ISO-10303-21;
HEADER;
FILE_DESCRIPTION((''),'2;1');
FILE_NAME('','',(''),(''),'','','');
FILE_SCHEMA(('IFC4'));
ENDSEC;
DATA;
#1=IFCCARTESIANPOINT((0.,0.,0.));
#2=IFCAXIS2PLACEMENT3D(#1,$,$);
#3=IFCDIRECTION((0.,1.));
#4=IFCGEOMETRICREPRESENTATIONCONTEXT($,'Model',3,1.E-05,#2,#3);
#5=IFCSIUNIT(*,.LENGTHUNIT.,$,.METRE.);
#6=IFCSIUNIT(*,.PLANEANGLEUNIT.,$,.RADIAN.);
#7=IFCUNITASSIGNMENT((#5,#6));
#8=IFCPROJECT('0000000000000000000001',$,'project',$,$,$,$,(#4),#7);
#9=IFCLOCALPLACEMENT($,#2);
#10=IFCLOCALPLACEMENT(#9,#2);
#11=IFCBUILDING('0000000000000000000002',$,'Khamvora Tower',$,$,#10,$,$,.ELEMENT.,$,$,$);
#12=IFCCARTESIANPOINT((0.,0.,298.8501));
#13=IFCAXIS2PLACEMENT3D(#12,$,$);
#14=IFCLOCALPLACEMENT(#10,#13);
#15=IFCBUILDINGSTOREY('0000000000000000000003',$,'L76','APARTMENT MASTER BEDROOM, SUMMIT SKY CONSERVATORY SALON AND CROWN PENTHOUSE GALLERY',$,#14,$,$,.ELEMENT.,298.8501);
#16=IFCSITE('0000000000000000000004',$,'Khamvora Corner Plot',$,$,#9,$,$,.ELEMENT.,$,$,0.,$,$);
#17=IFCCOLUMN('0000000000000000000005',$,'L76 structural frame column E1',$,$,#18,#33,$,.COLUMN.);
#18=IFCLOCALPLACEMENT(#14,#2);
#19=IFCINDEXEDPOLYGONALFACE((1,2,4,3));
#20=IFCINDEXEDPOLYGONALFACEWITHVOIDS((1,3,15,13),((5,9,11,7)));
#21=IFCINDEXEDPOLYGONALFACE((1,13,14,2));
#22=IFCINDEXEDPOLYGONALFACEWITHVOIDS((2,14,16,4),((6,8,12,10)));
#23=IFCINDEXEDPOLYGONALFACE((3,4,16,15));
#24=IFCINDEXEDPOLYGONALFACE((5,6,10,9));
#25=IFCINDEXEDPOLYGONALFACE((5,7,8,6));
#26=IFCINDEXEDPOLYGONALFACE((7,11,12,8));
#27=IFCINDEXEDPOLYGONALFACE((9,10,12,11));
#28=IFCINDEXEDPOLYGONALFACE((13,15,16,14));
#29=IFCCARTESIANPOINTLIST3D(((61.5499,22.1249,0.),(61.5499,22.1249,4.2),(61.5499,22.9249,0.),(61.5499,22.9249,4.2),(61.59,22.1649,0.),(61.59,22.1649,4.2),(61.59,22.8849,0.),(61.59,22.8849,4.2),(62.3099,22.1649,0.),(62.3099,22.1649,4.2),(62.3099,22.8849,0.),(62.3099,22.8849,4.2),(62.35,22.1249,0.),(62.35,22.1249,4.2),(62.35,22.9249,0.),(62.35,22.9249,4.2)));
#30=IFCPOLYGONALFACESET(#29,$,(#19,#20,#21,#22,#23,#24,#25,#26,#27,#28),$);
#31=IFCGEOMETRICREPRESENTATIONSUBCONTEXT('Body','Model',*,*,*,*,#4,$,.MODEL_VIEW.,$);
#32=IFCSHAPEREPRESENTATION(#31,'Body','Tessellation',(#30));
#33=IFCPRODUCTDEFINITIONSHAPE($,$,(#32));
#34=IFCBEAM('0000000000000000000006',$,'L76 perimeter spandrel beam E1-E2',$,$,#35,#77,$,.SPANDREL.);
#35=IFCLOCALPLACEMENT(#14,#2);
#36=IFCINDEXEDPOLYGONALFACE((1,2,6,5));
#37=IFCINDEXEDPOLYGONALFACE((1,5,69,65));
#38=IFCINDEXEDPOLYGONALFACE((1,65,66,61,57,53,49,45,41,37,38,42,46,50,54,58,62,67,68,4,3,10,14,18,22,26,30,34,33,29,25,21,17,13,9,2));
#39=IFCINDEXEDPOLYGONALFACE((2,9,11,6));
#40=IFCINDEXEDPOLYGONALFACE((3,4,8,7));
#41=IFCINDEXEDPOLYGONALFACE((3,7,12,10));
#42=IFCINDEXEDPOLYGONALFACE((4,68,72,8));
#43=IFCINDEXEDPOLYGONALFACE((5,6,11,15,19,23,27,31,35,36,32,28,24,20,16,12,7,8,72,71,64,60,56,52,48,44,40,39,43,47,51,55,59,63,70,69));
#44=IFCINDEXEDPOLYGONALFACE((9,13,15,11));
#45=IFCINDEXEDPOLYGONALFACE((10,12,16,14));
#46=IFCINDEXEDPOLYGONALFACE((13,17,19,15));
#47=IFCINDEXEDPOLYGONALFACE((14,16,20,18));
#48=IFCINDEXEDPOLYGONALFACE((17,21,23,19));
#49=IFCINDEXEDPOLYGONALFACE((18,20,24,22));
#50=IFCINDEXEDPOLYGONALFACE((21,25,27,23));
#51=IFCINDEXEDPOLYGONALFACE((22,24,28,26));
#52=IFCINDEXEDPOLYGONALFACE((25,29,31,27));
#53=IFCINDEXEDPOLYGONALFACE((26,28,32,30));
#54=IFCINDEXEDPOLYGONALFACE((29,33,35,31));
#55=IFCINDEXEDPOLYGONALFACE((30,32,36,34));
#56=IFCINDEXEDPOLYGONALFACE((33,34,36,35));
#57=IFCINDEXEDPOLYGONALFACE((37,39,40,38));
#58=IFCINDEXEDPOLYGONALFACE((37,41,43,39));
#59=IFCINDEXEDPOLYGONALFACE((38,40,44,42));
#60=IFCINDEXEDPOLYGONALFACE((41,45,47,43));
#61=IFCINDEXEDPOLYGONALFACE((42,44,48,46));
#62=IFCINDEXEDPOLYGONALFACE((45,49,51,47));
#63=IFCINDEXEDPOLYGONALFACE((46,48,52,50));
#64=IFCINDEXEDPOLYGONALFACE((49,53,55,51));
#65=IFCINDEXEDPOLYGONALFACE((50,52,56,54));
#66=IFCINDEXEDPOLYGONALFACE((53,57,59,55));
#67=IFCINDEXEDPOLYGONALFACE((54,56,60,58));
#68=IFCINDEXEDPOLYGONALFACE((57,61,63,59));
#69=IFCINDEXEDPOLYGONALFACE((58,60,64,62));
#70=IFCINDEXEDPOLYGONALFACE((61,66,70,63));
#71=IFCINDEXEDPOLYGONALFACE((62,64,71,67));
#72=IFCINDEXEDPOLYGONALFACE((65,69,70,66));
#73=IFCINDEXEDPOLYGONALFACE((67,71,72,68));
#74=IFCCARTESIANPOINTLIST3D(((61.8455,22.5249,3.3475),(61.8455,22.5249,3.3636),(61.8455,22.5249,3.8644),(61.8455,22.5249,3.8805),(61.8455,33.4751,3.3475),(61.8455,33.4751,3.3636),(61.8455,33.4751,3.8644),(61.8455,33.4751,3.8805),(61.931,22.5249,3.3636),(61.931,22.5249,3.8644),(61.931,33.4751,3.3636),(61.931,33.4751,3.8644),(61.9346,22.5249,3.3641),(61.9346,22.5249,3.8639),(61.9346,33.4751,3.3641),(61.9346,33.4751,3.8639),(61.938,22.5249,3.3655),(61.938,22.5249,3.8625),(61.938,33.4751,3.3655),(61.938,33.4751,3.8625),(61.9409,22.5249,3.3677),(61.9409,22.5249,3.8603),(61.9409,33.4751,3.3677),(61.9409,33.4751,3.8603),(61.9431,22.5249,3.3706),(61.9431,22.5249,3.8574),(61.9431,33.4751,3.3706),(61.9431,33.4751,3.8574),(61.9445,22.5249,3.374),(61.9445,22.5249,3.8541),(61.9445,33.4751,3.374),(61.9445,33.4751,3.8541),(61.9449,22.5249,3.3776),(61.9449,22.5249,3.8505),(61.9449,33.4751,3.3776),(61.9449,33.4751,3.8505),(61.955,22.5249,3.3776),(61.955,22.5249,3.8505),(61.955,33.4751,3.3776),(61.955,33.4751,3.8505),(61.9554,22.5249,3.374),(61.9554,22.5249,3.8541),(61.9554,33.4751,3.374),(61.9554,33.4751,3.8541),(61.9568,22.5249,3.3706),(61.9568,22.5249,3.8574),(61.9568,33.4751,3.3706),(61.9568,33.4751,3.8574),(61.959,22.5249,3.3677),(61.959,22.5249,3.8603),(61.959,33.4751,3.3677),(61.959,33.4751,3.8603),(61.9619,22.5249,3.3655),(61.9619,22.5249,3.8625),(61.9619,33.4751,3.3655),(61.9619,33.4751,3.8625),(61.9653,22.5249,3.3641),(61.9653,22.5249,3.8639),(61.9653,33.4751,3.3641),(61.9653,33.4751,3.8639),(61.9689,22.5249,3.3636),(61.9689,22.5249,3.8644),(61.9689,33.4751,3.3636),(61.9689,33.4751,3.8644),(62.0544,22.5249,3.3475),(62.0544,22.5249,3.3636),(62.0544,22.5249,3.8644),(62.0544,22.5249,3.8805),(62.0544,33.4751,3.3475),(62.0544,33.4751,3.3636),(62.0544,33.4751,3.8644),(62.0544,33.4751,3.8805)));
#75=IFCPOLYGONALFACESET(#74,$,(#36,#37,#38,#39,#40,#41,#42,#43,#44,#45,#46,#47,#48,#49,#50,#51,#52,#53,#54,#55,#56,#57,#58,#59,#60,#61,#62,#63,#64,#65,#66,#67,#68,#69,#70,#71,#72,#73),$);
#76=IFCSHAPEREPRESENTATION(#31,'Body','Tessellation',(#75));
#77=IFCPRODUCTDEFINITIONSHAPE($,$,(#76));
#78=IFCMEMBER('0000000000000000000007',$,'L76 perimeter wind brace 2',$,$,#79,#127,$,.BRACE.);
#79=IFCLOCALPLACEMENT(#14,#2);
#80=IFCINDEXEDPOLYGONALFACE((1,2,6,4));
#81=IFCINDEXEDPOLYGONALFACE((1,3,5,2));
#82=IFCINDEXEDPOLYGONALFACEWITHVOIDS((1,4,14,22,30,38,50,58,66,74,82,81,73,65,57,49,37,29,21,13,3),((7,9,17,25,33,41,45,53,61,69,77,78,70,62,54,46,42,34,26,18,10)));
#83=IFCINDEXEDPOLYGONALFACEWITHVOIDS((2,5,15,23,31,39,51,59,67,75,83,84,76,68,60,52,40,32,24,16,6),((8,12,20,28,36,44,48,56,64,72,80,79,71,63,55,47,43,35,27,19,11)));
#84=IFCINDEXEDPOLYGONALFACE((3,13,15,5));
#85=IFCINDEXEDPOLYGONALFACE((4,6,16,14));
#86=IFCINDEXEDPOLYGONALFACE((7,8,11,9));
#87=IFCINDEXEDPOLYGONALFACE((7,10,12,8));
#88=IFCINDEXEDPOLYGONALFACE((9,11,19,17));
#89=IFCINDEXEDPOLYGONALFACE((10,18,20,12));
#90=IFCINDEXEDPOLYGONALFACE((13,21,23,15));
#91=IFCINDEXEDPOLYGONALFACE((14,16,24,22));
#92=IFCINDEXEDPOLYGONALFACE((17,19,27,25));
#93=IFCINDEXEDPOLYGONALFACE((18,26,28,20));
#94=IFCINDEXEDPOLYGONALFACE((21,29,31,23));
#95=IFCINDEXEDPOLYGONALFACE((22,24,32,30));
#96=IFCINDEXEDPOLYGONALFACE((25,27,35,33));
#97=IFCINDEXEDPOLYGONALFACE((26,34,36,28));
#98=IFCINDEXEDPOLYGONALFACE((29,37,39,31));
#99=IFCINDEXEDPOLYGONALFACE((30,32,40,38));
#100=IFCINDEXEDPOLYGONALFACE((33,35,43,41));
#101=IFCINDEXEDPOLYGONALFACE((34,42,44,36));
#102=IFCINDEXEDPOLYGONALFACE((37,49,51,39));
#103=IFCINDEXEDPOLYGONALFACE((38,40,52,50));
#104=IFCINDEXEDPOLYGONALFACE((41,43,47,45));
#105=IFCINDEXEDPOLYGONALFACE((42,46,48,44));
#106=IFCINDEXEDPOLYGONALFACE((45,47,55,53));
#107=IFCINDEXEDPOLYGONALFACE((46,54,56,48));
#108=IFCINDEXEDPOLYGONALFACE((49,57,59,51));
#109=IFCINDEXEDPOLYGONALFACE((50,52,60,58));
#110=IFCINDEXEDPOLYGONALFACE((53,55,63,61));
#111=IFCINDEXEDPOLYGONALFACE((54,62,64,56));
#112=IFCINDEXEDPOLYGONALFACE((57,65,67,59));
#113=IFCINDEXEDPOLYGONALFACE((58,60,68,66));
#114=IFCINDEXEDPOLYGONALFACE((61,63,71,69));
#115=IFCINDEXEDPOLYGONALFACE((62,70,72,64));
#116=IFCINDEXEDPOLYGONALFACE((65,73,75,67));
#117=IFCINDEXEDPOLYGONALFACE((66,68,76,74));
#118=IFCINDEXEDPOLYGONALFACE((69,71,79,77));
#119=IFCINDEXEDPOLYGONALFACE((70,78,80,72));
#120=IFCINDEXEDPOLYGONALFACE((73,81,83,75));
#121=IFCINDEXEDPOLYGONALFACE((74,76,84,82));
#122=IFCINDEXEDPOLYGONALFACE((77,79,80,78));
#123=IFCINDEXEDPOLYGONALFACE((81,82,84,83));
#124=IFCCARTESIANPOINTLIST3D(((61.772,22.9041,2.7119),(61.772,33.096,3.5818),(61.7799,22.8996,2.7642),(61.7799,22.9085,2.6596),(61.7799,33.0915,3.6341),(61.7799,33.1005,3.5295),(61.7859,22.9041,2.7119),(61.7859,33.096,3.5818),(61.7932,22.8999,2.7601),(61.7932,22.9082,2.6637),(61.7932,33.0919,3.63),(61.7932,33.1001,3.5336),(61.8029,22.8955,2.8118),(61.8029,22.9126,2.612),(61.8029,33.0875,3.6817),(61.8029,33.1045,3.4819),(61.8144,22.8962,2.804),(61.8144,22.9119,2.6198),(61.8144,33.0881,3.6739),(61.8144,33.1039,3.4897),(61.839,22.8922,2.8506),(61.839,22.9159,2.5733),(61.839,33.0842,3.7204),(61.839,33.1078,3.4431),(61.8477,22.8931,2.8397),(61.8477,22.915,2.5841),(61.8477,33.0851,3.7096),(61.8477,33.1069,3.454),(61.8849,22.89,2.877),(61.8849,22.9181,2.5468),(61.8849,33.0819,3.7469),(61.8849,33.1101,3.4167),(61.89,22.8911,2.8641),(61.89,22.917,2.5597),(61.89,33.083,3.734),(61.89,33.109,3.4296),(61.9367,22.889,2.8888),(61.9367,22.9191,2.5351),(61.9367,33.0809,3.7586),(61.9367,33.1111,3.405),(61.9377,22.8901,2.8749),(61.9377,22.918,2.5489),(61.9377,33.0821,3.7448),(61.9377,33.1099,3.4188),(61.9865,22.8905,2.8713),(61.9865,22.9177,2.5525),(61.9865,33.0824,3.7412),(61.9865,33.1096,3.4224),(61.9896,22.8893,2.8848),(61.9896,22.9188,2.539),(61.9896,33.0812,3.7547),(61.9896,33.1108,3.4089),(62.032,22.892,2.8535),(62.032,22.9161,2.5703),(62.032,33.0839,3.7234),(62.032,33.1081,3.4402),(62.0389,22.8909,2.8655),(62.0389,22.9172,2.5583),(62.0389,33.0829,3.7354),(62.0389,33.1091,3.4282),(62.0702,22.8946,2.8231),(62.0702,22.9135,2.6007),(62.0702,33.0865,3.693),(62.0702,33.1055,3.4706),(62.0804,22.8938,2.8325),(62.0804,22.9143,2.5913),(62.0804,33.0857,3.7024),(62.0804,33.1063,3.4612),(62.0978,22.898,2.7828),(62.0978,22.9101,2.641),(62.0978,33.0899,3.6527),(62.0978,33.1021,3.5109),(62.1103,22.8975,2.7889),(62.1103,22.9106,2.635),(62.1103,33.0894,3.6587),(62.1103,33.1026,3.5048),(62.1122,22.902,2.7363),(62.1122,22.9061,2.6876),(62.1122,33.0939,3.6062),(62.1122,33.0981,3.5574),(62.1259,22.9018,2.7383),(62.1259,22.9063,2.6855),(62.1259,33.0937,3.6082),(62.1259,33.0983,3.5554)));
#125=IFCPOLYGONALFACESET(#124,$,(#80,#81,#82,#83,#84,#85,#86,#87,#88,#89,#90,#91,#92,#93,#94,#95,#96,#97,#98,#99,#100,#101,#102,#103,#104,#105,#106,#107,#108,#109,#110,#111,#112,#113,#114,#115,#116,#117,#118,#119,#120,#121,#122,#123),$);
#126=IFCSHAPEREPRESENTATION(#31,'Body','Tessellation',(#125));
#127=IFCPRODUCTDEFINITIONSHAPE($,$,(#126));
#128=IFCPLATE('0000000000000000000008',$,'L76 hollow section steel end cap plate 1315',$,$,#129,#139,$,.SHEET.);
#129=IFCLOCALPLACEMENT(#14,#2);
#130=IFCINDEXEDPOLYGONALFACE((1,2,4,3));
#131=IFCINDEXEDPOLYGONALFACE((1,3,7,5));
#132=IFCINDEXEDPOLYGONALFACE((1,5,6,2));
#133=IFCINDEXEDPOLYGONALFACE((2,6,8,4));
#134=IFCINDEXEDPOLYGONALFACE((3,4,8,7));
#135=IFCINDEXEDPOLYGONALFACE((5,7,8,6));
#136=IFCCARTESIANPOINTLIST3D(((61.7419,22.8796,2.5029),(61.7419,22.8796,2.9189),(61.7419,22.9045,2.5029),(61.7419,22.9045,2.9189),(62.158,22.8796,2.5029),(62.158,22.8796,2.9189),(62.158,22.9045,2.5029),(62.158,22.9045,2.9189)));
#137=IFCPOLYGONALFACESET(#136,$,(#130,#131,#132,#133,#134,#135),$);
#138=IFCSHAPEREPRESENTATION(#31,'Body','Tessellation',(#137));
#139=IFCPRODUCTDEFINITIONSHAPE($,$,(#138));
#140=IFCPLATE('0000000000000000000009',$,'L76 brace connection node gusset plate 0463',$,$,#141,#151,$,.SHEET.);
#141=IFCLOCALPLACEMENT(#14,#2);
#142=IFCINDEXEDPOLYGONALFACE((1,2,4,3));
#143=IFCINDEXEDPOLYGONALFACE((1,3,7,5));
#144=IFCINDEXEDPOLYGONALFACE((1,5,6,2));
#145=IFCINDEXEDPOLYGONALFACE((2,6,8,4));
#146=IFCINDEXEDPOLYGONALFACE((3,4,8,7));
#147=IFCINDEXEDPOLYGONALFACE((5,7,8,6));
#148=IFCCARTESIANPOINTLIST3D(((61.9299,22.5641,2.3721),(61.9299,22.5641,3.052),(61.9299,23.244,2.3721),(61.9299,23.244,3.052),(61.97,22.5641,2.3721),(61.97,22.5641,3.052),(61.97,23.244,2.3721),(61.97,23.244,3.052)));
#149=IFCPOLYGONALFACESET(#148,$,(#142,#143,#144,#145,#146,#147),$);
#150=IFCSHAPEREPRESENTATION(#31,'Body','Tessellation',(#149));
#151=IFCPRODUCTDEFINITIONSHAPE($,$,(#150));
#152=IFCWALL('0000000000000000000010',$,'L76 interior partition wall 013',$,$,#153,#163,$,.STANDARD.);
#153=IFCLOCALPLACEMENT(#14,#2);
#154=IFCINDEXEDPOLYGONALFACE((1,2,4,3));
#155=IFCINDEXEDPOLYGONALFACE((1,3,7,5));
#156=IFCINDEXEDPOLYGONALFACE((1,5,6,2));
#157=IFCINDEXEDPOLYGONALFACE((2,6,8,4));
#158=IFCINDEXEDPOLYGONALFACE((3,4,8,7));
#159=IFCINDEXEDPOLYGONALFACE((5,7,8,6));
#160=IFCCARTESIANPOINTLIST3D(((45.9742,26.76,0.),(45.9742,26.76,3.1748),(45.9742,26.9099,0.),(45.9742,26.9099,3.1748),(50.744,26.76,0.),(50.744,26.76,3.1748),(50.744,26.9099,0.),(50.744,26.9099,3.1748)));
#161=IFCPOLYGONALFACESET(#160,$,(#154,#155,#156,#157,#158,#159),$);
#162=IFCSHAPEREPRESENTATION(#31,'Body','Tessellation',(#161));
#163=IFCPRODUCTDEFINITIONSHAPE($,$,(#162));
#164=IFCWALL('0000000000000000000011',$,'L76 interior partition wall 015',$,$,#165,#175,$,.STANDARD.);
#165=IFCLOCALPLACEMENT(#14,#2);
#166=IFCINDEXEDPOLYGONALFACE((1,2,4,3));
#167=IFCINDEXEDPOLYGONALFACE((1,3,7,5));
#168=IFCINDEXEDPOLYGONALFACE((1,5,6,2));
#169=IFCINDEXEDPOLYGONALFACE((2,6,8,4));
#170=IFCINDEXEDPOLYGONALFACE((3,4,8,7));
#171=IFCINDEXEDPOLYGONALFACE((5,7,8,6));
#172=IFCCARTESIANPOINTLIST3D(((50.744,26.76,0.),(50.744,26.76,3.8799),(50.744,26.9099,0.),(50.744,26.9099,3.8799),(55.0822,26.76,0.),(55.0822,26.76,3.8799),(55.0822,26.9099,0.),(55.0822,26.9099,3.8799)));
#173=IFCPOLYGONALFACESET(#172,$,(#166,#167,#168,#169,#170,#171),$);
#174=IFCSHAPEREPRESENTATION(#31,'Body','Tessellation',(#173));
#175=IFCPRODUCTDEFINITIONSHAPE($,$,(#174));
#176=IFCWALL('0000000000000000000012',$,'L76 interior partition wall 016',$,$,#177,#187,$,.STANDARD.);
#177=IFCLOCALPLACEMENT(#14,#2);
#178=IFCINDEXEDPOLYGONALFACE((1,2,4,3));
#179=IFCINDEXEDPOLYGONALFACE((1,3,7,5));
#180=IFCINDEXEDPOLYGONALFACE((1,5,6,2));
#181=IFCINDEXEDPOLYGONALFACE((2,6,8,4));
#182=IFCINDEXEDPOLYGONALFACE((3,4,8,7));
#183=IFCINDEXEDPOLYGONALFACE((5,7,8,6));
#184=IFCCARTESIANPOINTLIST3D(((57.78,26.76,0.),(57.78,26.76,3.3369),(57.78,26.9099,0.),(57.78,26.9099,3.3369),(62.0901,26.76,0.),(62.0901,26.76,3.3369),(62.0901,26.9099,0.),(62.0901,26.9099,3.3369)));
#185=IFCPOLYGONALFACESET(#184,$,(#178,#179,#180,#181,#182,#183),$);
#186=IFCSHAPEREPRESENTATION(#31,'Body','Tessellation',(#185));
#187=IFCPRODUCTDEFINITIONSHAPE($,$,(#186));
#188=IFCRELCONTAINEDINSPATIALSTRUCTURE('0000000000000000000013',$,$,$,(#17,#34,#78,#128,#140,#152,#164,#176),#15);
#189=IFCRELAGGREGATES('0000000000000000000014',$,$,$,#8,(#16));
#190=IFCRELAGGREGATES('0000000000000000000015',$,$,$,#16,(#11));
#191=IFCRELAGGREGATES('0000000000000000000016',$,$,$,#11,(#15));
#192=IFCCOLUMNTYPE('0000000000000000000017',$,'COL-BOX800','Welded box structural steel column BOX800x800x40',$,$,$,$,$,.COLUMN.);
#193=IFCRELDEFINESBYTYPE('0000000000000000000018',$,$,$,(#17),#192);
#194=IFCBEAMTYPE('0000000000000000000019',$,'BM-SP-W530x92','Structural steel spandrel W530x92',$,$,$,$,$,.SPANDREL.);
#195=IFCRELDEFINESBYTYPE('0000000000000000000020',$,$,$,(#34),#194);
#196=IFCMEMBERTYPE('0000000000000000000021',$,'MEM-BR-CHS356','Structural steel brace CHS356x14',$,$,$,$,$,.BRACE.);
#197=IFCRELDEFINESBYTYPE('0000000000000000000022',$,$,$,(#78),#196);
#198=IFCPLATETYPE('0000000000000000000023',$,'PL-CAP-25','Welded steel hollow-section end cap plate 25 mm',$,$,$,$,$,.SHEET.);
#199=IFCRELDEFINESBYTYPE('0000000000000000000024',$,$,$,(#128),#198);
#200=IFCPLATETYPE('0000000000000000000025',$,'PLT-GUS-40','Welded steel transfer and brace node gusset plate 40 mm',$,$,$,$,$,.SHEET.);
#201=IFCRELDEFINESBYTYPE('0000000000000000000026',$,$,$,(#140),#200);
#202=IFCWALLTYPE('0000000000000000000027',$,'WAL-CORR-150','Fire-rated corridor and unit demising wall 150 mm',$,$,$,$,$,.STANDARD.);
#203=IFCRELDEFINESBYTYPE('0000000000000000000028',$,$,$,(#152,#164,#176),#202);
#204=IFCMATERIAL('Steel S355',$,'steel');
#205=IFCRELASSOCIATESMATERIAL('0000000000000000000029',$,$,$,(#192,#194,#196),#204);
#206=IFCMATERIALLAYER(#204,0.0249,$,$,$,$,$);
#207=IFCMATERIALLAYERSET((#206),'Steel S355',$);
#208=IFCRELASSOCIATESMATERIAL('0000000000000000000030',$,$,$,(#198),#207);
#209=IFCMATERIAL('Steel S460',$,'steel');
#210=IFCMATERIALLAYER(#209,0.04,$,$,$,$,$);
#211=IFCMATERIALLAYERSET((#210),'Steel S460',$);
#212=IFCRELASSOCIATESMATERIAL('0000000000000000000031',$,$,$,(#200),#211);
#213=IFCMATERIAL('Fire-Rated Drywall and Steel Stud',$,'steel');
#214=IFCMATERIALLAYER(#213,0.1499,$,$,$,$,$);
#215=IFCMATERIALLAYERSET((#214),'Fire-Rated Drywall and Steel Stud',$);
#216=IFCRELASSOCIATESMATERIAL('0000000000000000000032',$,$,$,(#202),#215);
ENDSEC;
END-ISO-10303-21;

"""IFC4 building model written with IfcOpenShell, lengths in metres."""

from ifc_helpers import new_model, si_unit, direction, frame, frame_2d, origin, origin_2d, place, context, subcontext, project, spatial, rectangle, hollow_rectangle, hollow_circle, i_section, extrude, material, layer, layer_set, material_profile, profile_set, type_object, element, save


model = new_model("IFC4")

# Units and contexts
model_context = context("Model", 3, precision=1e-05, world=origin(), true_north=direction((0.0, 1.0)))
body_context = subcontext(model_context, "Body", "Model", "MODEL_VIEW")
ifc_project = project(units=[si_unit("LENGTHUNIT", "METRE"), si_unit("PLANEANGLEUNIT", "RADIAN")], contexts=[model_context])

# Site, building, storey
site_placement = place(None, origin())
site = spatial("IfcSite", under=ifc_project, at=site_placement, Name="Khamvora Corner Plot", CompositionType="ELEMENT", RefElevation=0.0)
building_placement = place(site_placement, origin())
building = spatial("IfcBuilding", under=site, at=building_placement, Name="Khamvora Tower", CompositionType="ELEMENT")
storey_placement = place(building_placement, frame((0.0, 0.0, 298.8501)))
storey = spatial("IfcBuildingStorey", under=building, at=storey_placement, Name="L76", Description="APARTMENT MASTER BEDROOM, SUMMIT SKY CONSERVATORY SALON AND CROWN PENTHOUSE GALLERY", CompositionType="ELEMENT", Elevation=298.8501)

# Column
ifc_material_1 = material(Name="Steel S355", Category="steel")
ifc_material_profile_1 = material_profile(ifc_material_1, hollow_rectangle(XDim=0.8, YDim=0.8, WallThickness=0.04, at=origin_2d()), Name="BOX800x800x40")
ifc_profile_set_1 = profile_set([ifc_material_profile_1], Name="Steel S355")
column_type = type_object("IfcColumnType", Name="COL-BOX800", Description="Welded box structural steel column BOX800x800x40", PredefinedType="COLUMN", material=ifc_profile_set_1)
column_placement = place(storey_placement, frame((61.95, 22.5249, 0.0), z_axis=(0.0, 0.0, 1.0), x_axis=(1.0, 0.0, 0.0)))
element("IfcColumn", 1, at=column_placement, inside=storey, type_object=column_type, Name="L76 structural frame column E1", PredefinedType="COLUMN", context=body_context, shape_type="SweptSolid", body=[
    extrude(hollow_rectangle(XDim=0.8, YDim=0.8, WallThickness=0.04, at=origin_2d()), origin(), (0.0, 0.0, 1.0), 4.2),
])

# Beam
ifc_material_profile_2 = material_profile(ifc_material_1, i_section(OverallWidth=0.209, OverallDepth=0.533, WebThickness=0.01, FlangeThickness=0.0161, FilletRadius=0.0139, at=origin_2d()), Name="W530x92")
ifc_profile_set_2 = profile_set([ifc_material_profile_2], Name="Steel S355")
beam_type = type_object("IfcBeamType", Name="BM-SP-W530x92", Description="Structural steel spandrel W530x92", PredefinedType="SPANDREL", material=ifc_profile_set_2)
beam_placement = place(storey_placement, frame((61.95, 22.5249, 3.614), z_axis=(0.0, 1.0, 0.0), x_axis=(-1.0, 0.0, 0.0)))
element("IfcBeam", 2, at=beam_placement, inside=storey, type_object=beam_type, Name="L76 perimeter spandrel beam E1-E2", PredefinedType="SPANDREL", context=body_context, shape_type="SweptSolid", body=[
    extrude(i_section(OverallWidth=0.209, OverallDepth=0.533, WebThickness=0.01, FlangeThickness=0.0161, FilletRadius=0.0139, at=origin_2d()), origin(), (0.0, 0.0, 1.0), 10.9502),
])

# Member
ifc_material_profile_3 = material_profile(ifc_material_1, hollow_circle(Radius=0.178, WallThickness=0.0139, at=origin_2d()), Name="CHS356x14")
ifc_profile_set_3 = profile_set([ifc_material_profile_3], Name="Steel S355")
member_type = type_object("IfcMemberType", Name="MEM-BR-CHS356", Description="Structural steel brace CHS356x14", PredefinedType="BRACE", material=ifc_profile_set_3)
member_placement = place(storey_placement, frame((61.95, 22.9041, 2.7119), z_axis=(0.0, 0.996378, 0.08504), x_axis=(-1.0, 0.0, 0.0)))
element("IfcMember", 3, at=member_placement, inside=storey, type_object=member_type, Name="L76 perimeter wind brace 2", PredefinedType="BRACE", context=body_context, shape_type="SweptSolid", body=[
    extrude(hollow_circle(Radius=0.178, WallThickness=0.0139, at=origin_2d()), origin(), (0.0, 0.0, 1.0), 10.229),
])

# Plates
ifc_layer_1 = layer(ifc_material_1, 0.0249)
ifc_layer_set_1 = layer_set([ifc_layer_1], Name="Steel S355")
plate_type_1 = type_object("IfcPlateType", Name="PL-CAP-25", Description="Welded steel hollow-section end cap plate 25 mm", PredefinedType="SHEET", material=ifc_layer_set_1)
plate_1_placement = place(storey_placement, frame((61.95, 22.8921, 2.5029), z_axis=(0.0, 0.0, 1.0), x_axis=(0.0, 1.0, 0.0)))
element("IfcPlate", 4, at=plate_1_placement, inside=storey, type_object=plate_type_1, Name="L76 hollow section steel end cap plate 1315", PredefinedType="SHEET", context=body_context, shape_type="SweptSolid", body=[
    extrude(rectangle(XDim=0.0249, YDim=0.416, at=origin_2d()), origin(), (0.0, 0.0, 1.0), 0.416),
])
ifc_material_2 = material(Name="Steel S460", Category="steel")
ifc_layer_2 = layer(ifc_material_2, 0.04)
ifc_layer_set_2 = layer_set([ifc_layer_2], Name="Steel S460")
plate_type_2 = type_object("IfcPlateType", Name="PLT-GUS-40", Description="Welded steel transfer and brace node gusset plate 40 mm", PredefinedType="SHEET", material=ifc_layer_set_2)
plate_2_placement = place(storey_placement, frame((61.95, 22.9041, 2.3721), z_axis=(0.0, 0.0, 1.0), x_axis=(0.0, 1.0, 0.0)))
element("IfcPlate", 5, at=plate_2_placement, inside=storey, type_object=plate_type_2, Name="L76 brace connection node gusset plate 0463", PredefinedType="SHEET", context=body_context, shape_type="SweptSolid", body=[
    extrude(rectangle(XDim=0.6799, YDim=0.04, at=origin_2d()), origin(), (0.0, 0.0, 1.0), 0.6799),
])

# Wall
ifc_material_3 = material(Name="Fire-Rated Drywall and Steel Stud", Category="steel")
ifc_layer_3 = layer(ifc_material_3, 0.1499)
ifc_layer_set_3 = layer_set([ifc_layer_3], Name="Fire-Rated Drywall and Steel Stud")
wall_type_1 = type_object("IfcWallType", Name="WAL-CORR-150", Description="Fire-rated corridor and unit demising wall 150 mm", PredefinedType="STANDARD", material=ifc_layer_set_3)
wall_1_placement = place(storey_placement, frame((50.7439, 26.835, 0.0), z_axis=(0.0, 0.0, 1.0), x_axis=(-1.0, 0.0, 0.0)))
element("IfcWall", 6, at=wall_1_placement, inside=storey, type_object=wall_type_1, Name="L76 interior partition wall 013", PredefinedType="STANDARD", context=body_context, shape_type="SweptSolid", body=[
    extrude(rectangle(XDim=4.7698, YDim=0.1499, at=frame_2d((2.3848, 0.0))), origin(), (0.0, 0.0, 1.0), 3.1748),
])

# Walls
wall_2_placement = place(storey_placement, frame((55.082, 26.835, 0.0), z_axis=(0.0, 0.0, 1.0), x_axis=(-1.0, 0.0, 0.0)))
element("IfcWall", 7, at=wall_2_placement, inside=storey, type_object=wall_type_1, Name="L76 interior partition wall 015", PredefinedType="STANDARD", context=body_context, shape_type="SweptSolid", body=[
    extrude(rectangle(XDim=4.3381, YDim=0.1499, at=frame_2d((2.1689, 0.0))), origin(), (0.0, 0.0, 1.0), 3.8799),
])
wall_3_placement = place(storey_placement, frame((62.0901, 26.835, 0.0), z_axis=(0.0, 0.0, 1.0), x_axis=(-1.0, 0.0, 0.0)))
element("IfcWall", 8, at=wall_3_placement, inside=storey, type_object=wall_type_1, Name="L76 interior partition wall 016", PredefinedType="STANDARD", context=body_context, shape_type="SweptSolid", body=[
    extrude(rectangle(XDim=4.3101, YDim=0.1499, at=frame_2d((2.155, 0.0))), origin(), (0.0, 0.0, 1.0), 3.3369),
])

save(model, "model.ifc")
